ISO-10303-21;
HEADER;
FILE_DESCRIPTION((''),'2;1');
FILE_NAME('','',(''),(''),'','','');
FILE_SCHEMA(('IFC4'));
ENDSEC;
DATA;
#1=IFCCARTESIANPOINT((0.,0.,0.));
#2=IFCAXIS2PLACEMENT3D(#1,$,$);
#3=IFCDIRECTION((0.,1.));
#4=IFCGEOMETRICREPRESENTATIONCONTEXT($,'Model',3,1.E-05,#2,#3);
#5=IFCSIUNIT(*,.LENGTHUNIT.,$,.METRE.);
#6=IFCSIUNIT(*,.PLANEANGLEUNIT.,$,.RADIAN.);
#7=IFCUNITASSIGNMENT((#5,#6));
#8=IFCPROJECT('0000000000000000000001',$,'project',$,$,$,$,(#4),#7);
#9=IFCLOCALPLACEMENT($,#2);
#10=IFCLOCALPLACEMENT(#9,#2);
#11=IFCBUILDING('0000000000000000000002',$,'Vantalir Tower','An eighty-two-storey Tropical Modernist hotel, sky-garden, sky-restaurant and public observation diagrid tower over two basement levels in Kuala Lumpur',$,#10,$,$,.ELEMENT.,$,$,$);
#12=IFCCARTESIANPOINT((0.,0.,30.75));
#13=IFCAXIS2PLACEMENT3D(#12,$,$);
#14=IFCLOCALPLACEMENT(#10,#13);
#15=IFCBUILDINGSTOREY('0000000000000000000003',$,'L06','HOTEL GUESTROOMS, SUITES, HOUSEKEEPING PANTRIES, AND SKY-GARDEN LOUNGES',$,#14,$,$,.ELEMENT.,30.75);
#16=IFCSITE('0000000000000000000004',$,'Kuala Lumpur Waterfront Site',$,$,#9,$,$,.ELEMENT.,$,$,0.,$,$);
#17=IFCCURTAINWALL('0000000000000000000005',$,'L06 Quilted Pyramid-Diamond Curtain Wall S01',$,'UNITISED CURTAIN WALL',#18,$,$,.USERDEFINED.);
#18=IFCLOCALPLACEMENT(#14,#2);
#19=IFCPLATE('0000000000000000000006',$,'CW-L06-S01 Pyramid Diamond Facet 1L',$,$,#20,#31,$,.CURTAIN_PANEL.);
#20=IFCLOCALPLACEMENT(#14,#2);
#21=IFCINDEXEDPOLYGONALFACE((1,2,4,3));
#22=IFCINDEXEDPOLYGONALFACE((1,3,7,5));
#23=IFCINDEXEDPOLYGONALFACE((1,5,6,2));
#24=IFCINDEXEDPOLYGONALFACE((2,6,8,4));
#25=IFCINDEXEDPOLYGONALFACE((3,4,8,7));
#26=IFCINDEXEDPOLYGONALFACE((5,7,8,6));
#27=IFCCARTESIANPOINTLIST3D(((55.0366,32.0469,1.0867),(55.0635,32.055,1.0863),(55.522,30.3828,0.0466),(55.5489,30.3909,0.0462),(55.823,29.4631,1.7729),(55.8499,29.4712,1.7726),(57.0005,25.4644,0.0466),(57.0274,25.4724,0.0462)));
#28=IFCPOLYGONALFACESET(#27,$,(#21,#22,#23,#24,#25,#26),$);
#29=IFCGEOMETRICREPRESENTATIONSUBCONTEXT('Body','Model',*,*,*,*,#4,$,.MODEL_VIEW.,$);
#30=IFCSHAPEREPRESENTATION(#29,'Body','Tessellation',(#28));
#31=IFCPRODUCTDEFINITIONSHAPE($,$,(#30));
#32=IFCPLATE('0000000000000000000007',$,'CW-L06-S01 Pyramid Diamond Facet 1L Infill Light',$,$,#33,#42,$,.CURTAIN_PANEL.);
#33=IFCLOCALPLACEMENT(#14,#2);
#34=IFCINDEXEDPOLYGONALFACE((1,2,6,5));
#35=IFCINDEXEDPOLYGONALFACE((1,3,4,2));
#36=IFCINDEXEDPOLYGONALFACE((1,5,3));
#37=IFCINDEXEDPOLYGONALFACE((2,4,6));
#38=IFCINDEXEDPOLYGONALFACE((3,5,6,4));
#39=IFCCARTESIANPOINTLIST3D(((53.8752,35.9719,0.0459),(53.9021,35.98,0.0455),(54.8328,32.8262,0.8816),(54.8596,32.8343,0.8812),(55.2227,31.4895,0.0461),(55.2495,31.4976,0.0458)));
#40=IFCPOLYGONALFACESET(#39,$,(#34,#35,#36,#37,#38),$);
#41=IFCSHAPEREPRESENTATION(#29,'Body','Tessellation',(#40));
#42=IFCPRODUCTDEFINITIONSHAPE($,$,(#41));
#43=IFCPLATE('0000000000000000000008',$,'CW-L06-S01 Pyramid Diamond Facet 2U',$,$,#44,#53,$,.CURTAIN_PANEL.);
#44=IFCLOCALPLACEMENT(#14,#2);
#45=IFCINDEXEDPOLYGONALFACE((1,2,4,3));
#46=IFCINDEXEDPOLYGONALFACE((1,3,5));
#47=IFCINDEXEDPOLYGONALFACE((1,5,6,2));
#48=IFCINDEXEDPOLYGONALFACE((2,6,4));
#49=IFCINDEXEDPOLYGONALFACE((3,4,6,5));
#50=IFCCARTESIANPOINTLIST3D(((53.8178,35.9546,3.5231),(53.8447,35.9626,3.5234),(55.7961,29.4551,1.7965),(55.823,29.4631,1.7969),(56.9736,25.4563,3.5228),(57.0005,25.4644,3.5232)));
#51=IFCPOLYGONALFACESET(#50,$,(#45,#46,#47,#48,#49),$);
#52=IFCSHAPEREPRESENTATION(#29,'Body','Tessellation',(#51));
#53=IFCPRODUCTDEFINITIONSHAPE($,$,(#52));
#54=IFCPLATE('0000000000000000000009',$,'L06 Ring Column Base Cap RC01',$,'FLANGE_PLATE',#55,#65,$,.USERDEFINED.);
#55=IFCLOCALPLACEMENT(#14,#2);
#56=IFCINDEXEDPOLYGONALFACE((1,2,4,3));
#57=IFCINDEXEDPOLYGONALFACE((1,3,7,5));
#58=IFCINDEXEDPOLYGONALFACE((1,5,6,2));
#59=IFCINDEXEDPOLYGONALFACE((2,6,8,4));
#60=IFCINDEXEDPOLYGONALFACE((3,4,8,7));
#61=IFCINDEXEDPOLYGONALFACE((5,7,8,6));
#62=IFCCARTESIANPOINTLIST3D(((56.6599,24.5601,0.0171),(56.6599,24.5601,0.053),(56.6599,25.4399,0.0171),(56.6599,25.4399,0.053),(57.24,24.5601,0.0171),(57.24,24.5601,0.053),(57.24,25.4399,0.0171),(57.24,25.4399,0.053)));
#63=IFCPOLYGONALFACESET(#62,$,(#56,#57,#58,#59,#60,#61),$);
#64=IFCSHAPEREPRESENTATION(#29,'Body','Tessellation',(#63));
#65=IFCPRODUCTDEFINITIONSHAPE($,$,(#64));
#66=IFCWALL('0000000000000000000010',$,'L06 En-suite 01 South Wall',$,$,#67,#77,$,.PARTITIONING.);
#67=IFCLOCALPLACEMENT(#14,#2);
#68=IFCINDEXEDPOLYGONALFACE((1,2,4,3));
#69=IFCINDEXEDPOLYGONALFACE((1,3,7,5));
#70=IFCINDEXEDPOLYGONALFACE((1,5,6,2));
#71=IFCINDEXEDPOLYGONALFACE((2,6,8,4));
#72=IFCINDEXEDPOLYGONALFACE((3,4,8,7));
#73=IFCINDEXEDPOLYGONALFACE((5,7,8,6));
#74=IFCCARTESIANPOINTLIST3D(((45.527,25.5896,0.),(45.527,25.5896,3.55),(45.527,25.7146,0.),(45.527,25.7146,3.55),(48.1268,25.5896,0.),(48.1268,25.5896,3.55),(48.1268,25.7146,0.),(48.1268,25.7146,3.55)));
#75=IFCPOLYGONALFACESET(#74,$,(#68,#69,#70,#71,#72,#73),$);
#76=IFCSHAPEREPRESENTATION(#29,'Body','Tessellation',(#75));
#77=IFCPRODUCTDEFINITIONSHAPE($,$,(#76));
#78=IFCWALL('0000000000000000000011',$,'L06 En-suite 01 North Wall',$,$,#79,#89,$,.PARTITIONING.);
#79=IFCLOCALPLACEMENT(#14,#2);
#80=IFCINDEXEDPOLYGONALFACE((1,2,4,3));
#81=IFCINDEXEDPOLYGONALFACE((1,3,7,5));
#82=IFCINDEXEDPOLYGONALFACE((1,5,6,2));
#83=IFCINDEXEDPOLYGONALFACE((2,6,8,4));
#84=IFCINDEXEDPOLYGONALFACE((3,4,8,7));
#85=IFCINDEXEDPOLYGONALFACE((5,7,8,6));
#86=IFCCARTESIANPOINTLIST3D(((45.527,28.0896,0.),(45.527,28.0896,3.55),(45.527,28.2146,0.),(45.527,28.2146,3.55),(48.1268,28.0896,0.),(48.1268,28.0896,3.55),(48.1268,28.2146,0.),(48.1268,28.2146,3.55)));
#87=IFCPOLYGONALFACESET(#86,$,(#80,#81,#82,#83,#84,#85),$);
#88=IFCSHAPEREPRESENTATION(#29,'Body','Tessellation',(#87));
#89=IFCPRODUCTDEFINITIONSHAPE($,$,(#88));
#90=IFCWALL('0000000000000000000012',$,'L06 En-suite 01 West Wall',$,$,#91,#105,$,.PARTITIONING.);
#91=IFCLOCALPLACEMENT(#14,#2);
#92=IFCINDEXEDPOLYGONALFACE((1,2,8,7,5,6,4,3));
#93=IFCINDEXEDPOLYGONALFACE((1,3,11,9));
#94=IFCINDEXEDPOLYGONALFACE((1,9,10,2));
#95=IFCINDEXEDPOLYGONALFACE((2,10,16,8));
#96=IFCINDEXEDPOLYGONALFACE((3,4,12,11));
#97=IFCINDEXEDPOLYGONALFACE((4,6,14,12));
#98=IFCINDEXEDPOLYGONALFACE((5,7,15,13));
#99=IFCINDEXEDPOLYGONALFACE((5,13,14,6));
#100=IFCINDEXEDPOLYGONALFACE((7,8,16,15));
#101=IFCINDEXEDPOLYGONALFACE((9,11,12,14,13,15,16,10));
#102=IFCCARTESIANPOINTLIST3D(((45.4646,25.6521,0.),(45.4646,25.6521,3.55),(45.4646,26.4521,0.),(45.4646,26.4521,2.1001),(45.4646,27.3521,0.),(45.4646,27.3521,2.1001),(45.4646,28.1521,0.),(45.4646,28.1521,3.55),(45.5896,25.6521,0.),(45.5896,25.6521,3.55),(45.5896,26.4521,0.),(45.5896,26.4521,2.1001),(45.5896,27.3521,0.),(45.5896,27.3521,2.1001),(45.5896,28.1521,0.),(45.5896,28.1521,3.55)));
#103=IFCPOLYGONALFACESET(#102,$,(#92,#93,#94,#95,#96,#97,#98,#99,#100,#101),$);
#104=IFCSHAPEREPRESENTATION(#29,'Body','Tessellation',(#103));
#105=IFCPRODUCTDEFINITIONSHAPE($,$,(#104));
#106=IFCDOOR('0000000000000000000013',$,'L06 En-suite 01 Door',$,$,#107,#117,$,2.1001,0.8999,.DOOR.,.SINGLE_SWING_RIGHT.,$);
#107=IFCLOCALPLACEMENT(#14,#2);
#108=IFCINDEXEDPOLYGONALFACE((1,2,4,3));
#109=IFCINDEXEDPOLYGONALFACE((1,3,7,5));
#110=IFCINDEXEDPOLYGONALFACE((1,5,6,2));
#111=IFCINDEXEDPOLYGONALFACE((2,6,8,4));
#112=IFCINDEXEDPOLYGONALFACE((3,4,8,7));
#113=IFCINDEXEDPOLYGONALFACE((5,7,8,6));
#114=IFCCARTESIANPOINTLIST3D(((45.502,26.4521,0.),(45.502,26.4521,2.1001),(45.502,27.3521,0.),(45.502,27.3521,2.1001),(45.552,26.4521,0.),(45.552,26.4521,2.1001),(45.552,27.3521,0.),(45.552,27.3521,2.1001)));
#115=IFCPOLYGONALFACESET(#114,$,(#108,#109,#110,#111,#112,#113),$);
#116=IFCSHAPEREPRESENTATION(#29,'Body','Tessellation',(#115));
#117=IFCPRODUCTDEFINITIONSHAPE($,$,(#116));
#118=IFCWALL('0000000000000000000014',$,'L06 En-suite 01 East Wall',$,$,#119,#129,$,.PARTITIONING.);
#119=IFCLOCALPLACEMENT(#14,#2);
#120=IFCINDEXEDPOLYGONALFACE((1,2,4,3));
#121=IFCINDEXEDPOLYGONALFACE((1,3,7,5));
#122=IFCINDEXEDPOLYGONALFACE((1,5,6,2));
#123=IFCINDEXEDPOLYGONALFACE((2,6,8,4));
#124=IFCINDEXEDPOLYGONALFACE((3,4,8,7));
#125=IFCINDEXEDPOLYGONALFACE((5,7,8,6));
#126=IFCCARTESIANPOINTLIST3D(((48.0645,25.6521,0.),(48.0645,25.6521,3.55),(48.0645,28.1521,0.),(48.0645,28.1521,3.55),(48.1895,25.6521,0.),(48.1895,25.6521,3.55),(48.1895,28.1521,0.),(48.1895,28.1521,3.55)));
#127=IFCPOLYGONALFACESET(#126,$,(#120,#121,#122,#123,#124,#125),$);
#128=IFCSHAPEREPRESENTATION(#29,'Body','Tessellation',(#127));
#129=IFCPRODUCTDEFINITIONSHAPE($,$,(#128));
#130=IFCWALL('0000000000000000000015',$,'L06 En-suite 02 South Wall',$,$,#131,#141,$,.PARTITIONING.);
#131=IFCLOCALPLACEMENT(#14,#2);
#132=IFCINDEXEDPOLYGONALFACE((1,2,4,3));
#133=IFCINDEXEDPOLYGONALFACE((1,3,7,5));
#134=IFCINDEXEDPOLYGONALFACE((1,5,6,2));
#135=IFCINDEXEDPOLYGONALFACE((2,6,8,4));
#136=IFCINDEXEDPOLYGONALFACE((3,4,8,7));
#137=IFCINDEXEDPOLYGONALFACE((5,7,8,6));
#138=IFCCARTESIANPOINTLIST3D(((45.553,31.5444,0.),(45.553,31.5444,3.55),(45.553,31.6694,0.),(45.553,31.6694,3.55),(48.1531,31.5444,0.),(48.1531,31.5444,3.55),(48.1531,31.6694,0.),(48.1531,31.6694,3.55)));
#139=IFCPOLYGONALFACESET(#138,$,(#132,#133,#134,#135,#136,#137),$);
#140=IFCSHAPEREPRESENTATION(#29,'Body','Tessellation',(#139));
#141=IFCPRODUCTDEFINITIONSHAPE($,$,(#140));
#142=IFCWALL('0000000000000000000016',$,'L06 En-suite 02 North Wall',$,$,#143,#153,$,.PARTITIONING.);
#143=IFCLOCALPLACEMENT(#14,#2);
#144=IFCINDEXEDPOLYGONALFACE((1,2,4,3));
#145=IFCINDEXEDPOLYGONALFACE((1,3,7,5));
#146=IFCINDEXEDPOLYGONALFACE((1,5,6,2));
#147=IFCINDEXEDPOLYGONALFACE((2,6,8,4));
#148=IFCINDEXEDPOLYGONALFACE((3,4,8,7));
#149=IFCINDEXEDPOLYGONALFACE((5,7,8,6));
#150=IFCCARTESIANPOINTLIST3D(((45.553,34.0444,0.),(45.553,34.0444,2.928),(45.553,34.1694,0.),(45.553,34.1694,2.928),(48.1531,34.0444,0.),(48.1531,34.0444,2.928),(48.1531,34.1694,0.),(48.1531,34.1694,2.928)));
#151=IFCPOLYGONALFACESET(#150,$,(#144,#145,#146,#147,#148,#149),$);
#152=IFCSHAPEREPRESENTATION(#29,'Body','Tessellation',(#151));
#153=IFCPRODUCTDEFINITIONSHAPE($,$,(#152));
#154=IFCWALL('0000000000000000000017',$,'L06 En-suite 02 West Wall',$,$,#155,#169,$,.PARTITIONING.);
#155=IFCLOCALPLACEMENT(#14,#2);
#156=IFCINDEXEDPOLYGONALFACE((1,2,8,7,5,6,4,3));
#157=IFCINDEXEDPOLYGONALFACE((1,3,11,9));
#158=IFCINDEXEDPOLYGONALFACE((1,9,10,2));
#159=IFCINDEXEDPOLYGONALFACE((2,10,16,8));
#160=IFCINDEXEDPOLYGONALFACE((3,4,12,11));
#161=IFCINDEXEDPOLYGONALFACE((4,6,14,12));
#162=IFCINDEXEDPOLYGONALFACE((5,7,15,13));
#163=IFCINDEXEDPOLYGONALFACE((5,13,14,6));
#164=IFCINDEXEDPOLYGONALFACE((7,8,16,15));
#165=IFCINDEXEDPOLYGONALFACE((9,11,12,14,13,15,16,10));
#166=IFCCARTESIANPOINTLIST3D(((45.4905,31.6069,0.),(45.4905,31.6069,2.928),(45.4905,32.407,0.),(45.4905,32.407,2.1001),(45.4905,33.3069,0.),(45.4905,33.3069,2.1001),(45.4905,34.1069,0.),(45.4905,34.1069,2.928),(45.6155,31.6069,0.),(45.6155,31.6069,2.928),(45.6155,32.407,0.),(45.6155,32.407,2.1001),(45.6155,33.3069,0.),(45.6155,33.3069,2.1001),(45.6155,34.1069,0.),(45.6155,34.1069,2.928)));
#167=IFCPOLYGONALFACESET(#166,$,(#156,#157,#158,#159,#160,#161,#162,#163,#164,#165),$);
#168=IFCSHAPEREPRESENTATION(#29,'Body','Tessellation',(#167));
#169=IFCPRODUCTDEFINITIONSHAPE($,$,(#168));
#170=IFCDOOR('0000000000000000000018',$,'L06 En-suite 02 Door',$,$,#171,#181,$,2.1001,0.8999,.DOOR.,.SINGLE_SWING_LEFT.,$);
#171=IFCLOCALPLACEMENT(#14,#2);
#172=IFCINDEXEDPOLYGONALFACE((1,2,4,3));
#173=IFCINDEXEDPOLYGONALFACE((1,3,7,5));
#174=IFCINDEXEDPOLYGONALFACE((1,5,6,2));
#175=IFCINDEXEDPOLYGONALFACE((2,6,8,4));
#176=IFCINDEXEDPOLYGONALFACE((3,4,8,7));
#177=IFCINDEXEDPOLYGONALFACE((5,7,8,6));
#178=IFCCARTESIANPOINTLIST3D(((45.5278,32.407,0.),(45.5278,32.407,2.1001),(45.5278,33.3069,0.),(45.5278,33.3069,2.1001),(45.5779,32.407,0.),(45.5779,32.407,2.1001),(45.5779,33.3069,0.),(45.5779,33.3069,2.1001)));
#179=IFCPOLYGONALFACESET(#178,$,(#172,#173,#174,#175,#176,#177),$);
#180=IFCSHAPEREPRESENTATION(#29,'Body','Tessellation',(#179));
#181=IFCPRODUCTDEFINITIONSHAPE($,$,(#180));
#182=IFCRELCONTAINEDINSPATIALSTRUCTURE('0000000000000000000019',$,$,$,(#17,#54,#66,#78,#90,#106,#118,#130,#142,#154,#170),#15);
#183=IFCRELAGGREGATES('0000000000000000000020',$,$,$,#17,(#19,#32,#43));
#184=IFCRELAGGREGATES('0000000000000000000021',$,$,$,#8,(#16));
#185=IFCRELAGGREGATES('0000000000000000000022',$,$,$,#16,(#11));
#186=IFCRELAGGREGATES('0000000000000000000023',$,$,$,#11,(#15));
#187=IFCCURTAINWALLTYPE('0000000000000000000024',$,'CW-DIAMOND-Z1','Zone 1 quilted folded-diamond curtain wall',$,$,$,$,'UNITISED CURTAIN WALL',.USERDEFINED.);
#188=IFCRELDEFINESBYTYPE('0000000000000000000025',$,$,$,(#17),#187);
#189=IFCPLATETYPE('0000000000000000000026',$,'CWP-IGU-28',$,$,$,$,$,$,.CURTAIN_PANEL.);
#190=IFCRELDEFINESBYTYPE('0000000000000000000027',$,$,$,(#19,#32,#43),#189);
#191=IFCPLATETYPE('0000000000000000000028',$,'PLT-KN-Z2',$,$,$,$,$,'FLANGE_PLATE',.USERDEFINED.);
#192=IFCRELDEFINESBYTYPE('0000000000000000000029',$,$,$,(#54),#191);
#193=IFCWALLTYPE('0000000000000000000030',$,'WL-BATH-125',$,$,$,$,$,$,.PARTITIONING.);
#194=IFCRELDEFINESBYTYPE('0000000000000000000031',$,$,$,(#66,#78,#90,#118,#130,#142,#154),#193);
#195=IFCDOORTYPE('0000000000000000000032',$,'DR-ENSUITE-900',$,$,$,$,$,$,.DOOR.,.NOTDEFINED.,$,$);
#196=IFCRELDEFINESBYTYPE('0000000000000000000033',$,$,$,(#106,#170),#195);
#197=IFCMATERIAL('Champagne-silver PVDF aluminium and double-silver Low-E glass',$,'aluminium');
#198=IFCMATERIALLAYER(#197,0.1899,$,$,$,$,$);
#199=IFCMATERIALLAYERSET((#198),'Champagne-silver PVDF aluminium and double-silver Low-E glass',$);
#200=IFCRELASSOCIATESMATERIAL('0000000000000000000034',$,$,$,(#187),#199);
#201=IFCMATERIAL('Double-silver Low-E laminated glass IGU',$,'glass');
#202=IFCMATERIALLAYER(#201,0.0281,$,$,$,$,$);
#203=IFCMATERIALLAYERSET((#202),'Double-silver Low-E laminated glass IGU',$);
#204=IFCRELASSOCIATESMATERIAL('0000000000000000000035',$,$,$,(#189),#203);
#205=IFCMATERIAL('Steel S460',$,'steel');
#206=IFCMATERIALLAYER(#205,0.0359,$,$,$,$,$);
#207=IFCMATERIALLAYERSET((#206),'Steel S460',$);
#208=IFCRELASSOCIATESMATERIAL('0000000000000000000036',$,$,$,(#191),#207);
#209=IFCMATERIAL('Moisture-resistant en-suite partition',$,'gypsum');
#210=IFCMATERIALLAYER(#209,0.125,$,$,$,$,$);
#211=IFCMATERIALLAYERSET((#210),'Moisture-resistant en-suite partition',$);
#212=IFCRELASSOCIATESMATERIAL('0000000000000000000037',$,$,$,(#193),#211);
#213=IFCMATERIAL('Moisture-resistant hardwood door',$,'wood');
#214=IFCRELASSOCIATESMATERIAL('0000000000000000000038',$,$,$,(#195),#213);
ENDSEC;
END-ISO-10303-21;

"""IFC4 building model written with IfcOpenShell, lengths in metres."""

from ifc_helpers import new_model, si_unit, direction, frame, frame_2d, origin, place, context, subcontext, project, spatial, polyline, rectangle, outline, extrude, material, layer, layer_set, type_object, element, fill, aggregate, save


model = new_model("IFC4")

# Units and contexts
model_context = context("Model", 3, precision=1e-05, world=origin(), true_north=direction((0.0, 1.0)))
body_context = subcontext(model_context, "Body", "Model", "MODEL_VIEW")
ifc_project = project(units=[si_unit("LENGTHUNIT", "METRE"), si_unit("PLANEANGLEUNIT", "RADIAN")], contexts=[model_context])

# Site, building, storey
site_placement = place(None, origin())
site = spatial("IfcSite", under=ifc_project, at=site_placement, Name="Kuala Lumpur Waterfront Site", CompositionType="ELEMENT", RefElevation=0.0)
building_placement = place(site_placement, origin())
building = spatial("IfcBuilding", under=site, at=building_placement, Name="Vantalir Tower", Description="An eighty-two-storey Tropical Modernist hotel, sky-garden, sky-restaurant and public observation diagrid tower over two basement levels in Kuala Lumpur", CompositionType="ELEMENT")
storey_placement = place(building_placement, frame((0.0, 0.0, 30.75)))
storey = spatial("IfcBuildingStorey", under=building, at=storey_placement, Name="L06", Description="HOTEL GUESTROOMS, SUITES, HOUSEKEEPING PANTRIES, AND SKY-GARDEN LOUNGES", CompositionType="ELEMENT", Elevation=30.75)

# Shared definitions
ifc_material_1 = material(Name="Steel S460", Category="steel")

# Curtain wall, plates
ifc_material_2 = material(Name="Champagne-silver PVDF aluminium and double-silver Low-E glass", Category="aluminium")
ifc_layer_1 = layer(ifc_material_2, 0.1899)
ifc_layer_set_1 = layer_set([ifc_layer_1], Name="Champagne-silver PVDF aluminium and double-silver Low-E glass")
curtain_wall_type = type_object("IfcCurtainWallType", Name="CW-DIAMOND-Z1", Description="Zone 1 quilted folded-diamond curtain wall", ElementType="UNITISED CURTAIN WALL", PredefinedType="USERDEFINED", material=ifc_layer_set_1)
curtain_wall_placement = place(storey_placement, origin())
curtain_wall = element("IfcCurtainWall", 1, at=curtain_wall_placement, inside=storey, type_object=curtain_wall_type, Name="L06 Quilted Pyramid-Diamond Curtain Wall S01", ObjectType="UNITISED CURTAIN WALL", PredefinedType="USERDEFINED")
ifc_material_3 = material(Name="Double-silver Low-E laminated glass IGU", Category="glass")
ifc_layer_2 = layer(ifc_material_3, 0.0281)
ifc_layer_set_2 = layer_set([ifc_layer_2], Name="Double-silver Low-E laminated glass IGU")
plate_type_1 = type_object("IfcPlateType", Name="CWP-IGU-28", PredefinedType="CURTAIN_PANEL", material=ifc_layer_set_2)
plate_1_placement = place(storey_placement, frame((57.0005, 25.4644, 0.0466), z_axis=(-0.95758, -0.287844, 0.013632), x_axis=(-0.287871, 0.957669, 0.0)))
plate_1 = element("IfcPlate", 2, at=plate_1_placement, type_object=plate_type_1, Name="CW-L06-S01 Pyramid Diamond Facet 1L", PredefinedType="CURTAIN_PANEL", context=body_context, shape_type="SweptSolid", body=[
    extrude(outline(polyline([(0.0, 0.0), (5.1359, 0.0), (6.8692, -1.0401), (4.1685, -1.7265), (0.0, 0.0)])), origin(), (0.0, 0.0, -1.0), 0.0281),
])
plate_2_placement = place(storey_placement, frame((55.2227, 31.4895, 0.0461), z_axis=(-0.957579, -0.287847, 0.013649), x_axis=(-0.287874, 0.957668, -0.000052)))
plate_2 = element("IfcPlate", 3, at=plate_2_placement, type_object=plate_type_1, Name="CW-L06-S01 Pyramid Diamond Facet 1L Infill Light", PredefinedType="CURTAIN_PANEL", context=body_context, shape_type="SweptSolid", body=[
    extrude(outline(polyline([(0.0, 0.0), (4.6806, 0.0), (1.3923, -0.8356), (0.0, 0.0)])), origin(), (0.0, 0.0, -1.0), 0.0281),
])
plate_3_placement = place(storey_placement, frame((53.8447, 35.9626, 3.5234), z_axis=(0.95758, 0.287846, 0.013608), x_axis=(0.287873, -0.957669, -0.000022)))
plate_3 = element("IfcPlate", 4, at=plate_3_placement, type_object=plate_type_1, Name="CW-L06-S01 Pyramid Diamond Facet 2U", PredefinedType="CURTAIN_PANEL", context=body_context, shape_type="SweptSolid", body=[
    extrude(outline(polyline([(0.0, 0.0), (10.9623, 0.0), (6.7939, 1.7266), (0.0, 0.0)])), origin(), (0.0, 0.0, -1.0), 0.0281),
])
aggregate(curtain_wall, [plate_1, plate_2, plate_3])

# Plate
ifc_layer_3 = layer(ifc_material_1, 0.0359)
ifc_layer_set_3 = layer_set([ifc_layer_3], Name="Steel S460")
plate_type_2 = type_object("IfcPlateType", Name="PLT-KN-Z2", ElementType="FLANGE_PLATE", PredefinedType="USERDEFINED", material=ifc_layer_set_3)
plate_4_placement = place(storey_placement, frame((56.6599, 25.4399, 0.053), z_axis=(0.0, 0.0, 1.0), x_axis=(0.0, -1.0, 0.0)))
element("IfcPlate", 5, at=plate_4_placement, inside=storey, type_object=plate_type_2, Name="L06 Ring Column Base Cap RC01", ObjectType="FLANGE_PLATE", PredefinedType="USERDEFINED", context=body_context, shape_type="SweptSolid", body=[
    extrude(outline(polyline([(0.0, 0.0), (0.8799, 0.0), (0.8799, 0.5801), (0.0, 0.5801), (0.0, 0.0)])), origin(), (0.0, 0.0, -1.0), 0.0359),
])

# Walls
ifc_material_4 = material(Name="Moisture-resistant en-suite partition", Category="gypsum")
ifc_layer_4 = layer(ifc_material_4, 0.125)
ifc_layer_set_4 = layer_set([ifc_layer_4], Name="Moisture-resistant en-suite partition")
wall_type_1 = type_object("IfcWallType", Name="WL-BATH-125", PredefinedType="PARTITIONING", material=ifc_layer_set_4)
for number, where, z_axis, x_axis, name in (
    (6, (45.5271, 25.6521, 0.0), (0.0, 0.0, 1.0), (1.0, 0.0, 0.0), "L06 En-suite 01 South Wall"),
    (7, (45.5271, 28.1521, 0.0), (0.0, 0.0, 1.0), (1.0, 0.0, 0.0), "L06 En-suite 01 North Wall"),
):
    element("IfcWall", number, at=place(storey_placement, frame(where, z_axis=z_axis, x_axis=x_axis)), inside=storey, type_object=wall_type_1, Name=name, PredefinedType="PARTITIONING", context=body_context, shape_type="SweptSolid", body=[
        extrude(rectangle(XDim=2.5999, YDim=0.125, at=frame_2d((1.2998, 0.0))), origin(), (0.0, 0.0, 1.0), 3.55),
    ])

# Wall, opening, door
wall_1_placement = place(storey_placement, frame((45.5271, 25.6521, 0.0), z_axis=(0.0, 0.0, 1.0), x_axis=(0.0, 1.0, 0.0)))
wall_1 = element("IfcWall", 8, at=wall_1_placement, inside=storey, type_object=wall_type_1, Name="L06 En-suite 01 West Wall", PredefinedType="PARTITIONING", context=body_context, shape_type="SweptSolid", body=[
    extrude(rectangle(XDim=2.5, YDim=0.125, at=frame_2d((1.25, 0.0))), origin(), (0.0, 0.0, 1.0), 3.55),
])
opening_1_placement = place(wall_1_placement, frame((0.8, 0.0, 0.0)))
opening_1 = element("IfcOpeningElement", 9, at=opening_1_placement, cuts=wall_1, PredefinedType="OPENING", context=body_context, shape_type="SweptSolid", body=[
    extrude(rectangle(XDim=0.8999, YDim=2.1001, at=frame_2d((0.45, 1.05))), frame((0.0, 0.0725, 0.0), z_axis=(0.0, -1.0, 0.0), x_axis=(1.0, 0.0, 0.0)), (0.0, 0.0, 1.0), 0.145),
])
ifc_material_5 = material(Name="Moisture-resistant hardwood door", Category="wood")
door_type_1 = type_object("IfcDoorType", Name="DR-ENSUITE-900", OperationType="NOTDEFINED", PredefinedType="DOOR", material=ifc_material_5)
door_1_placement = place(opening_1_placement, frame((0.8999, 0.0, 0.0), z_axis=(0.0, 0.0, 1.0), x_axis=(-1.0, 0.0, 0.0)))
door_1 = element("IfcDoor", 10, at=door_1_placement, inside=storey, type_object=door_type_1, Name="L06 En-suite 01 Door", OperationType="SINGLE_SWING_RIGHT", OverallHeight=2.1001, OverallWidth=0.8999, PredefinedType="DOOR", context=body_context, shape_type="SweptSolid", body=[
    extrude(rectangle(XDim=0.8999, YDim=2.1001, at=frame_2d((0.45, 1.05))), frame((0.0, 0.0249, 0.0), z_axis=(0.0, -1.0, 0.0), x_axis=(1.0, 0.0, 0.0)), (0.0, 0.0, 1.0), 0.05),
])
fill(opening_1, door_1)

# Walls
wall_2_placement = place(storey_placement, frame((48.127, 25.6521, 0.0), z_axis=(0.0, 0.0, 1.0), x_axis=(0.0, 1.0, 0.0)))
element("IfcWall", 11, at=wall_2_placement, inside=storey, type_object=wall_type_1, Name="L06 En-suite 01 East Wall", PredefinedType="PARTITIONING", context=body_context, shape_type="SweptSolid", body=[
    extrude(rectangle(XDim=2.5, YDim=0.125, at=frame_2d((1.25, 0.0))), origin(), (0.0, 0.0, 1.0), 3.55),
])
wall_3_placement = place(storey_placement, frame((45.553, 31.6069, 0.0), z_axis=(0.0, 0.0, 1.0), x_axis=(1.0, 0.0, 0.0)))
element("IfcWall", 12, at=wall_3_placement, inside=storey, type_object=wall_type_1, Name="L06 En-suite 02 South Wall", PredefinedType="PARTITIONING", context=body_context, shape_type="SweptSolid", body=[
    extrude(rectangle(XDim=2.6001, YDim=0.125, at=frame_2d((1.3, 0.0))), origin(), (0.0, 0.0, 1.0), 3.55),
])
wall_4_placement = place(storey_placement, frame((45.553, 34.1069, 0.0), z_axis=(0.0, 0.0, 1.0), x_axis=(1.0, 0.0, 0.0)))
element("IfcWall", 13, at=wall_4_placement, inside=storey, type_object=wall_type_1, Name="L06 En-suite 02 North Wall", PredefinedType="PARTITIONING", context=body_context, shape_type="SweptSolid", body=[
    extrude(rectangle(XDim=2.6001, YDim=0.125, at=frame_2d((1.3, 0.0))), origin(), (0.0, 0.0, 1.0), 2.928),
])

# Wall, opening, door
wall_5_placement = place(storey_placement, frame((45.553, 31.6069, 0.0), z_axis=(0.0, 0.0, 1.0), x_axis=(0.0, 1.0, 0.0)))
wall_5 = element("IfcWall", 14, at=wall_5_placement, inside=storey, type_object=wall_type_1, Name="L06 En-suite 02 West Wall", PredefinedType="PARTITIONING", context=body_context, shape_type="SweptSolid", body=[
    extrude(rectangle(XDim=2.5, YDim=0.125, at=frame_2d((1.25, 0.0))), origin(), (0.0, 0.0, 1.0), 2.928),
])
opening_2_placement = place(wall_5_placement, frame((0.8, 0.0, 0.0)))
opening_2 = element("IfcOpeningElement", 15, at=opening_2_placement, cuts=wall_5, PredefinedType="OPENING", context=body_context, shape_type="SweptSolid", body=[
    extrude(rectangle(XDim=0.8999, YDim=2.1001, at=frame_2d((0.45, 1.05))), frame((0.0, 0.0725, 0.0), z_axis=(0.0, -1.0, 0.0), x_axis=(1.0, 0.0, 0.0)), (0.0, 0.0, 1.0), 0.145),
])
door_2_placement = place(opening_2_placement, frame((0.8999, 0.0, 0.0), z_axis=(0.0, 0.0, 1.0), x_axis=(-1.0, 0.0, 0.0)))
door_2 = element("IfcDoor", 16, at=door_2_placement, inside=storey, type_object=door_type_1, Name="L06 En-suite 02 Door", OperationType="SINGLE_SWING_LEFT", OverallHeight=2.1001, OverallWidth=0.8999, PredefinedType="DOOR", context=body_context, shape_type="SweptSolid", body=[
    extrude(rectangle(XDim=0.8999, YDim=2.1001, at=frame_2d((0.45, 1.05))), frame((0.0, 0.0249, 0.0), z_axis=(0.0, -1.0, 0.0), x_axis=(1.0, 0.0, 0.0)), (0.0, 0.0, 1.0), 0.05),
])
fill(opening_2, door_2)

save(model, "model.ifc")
